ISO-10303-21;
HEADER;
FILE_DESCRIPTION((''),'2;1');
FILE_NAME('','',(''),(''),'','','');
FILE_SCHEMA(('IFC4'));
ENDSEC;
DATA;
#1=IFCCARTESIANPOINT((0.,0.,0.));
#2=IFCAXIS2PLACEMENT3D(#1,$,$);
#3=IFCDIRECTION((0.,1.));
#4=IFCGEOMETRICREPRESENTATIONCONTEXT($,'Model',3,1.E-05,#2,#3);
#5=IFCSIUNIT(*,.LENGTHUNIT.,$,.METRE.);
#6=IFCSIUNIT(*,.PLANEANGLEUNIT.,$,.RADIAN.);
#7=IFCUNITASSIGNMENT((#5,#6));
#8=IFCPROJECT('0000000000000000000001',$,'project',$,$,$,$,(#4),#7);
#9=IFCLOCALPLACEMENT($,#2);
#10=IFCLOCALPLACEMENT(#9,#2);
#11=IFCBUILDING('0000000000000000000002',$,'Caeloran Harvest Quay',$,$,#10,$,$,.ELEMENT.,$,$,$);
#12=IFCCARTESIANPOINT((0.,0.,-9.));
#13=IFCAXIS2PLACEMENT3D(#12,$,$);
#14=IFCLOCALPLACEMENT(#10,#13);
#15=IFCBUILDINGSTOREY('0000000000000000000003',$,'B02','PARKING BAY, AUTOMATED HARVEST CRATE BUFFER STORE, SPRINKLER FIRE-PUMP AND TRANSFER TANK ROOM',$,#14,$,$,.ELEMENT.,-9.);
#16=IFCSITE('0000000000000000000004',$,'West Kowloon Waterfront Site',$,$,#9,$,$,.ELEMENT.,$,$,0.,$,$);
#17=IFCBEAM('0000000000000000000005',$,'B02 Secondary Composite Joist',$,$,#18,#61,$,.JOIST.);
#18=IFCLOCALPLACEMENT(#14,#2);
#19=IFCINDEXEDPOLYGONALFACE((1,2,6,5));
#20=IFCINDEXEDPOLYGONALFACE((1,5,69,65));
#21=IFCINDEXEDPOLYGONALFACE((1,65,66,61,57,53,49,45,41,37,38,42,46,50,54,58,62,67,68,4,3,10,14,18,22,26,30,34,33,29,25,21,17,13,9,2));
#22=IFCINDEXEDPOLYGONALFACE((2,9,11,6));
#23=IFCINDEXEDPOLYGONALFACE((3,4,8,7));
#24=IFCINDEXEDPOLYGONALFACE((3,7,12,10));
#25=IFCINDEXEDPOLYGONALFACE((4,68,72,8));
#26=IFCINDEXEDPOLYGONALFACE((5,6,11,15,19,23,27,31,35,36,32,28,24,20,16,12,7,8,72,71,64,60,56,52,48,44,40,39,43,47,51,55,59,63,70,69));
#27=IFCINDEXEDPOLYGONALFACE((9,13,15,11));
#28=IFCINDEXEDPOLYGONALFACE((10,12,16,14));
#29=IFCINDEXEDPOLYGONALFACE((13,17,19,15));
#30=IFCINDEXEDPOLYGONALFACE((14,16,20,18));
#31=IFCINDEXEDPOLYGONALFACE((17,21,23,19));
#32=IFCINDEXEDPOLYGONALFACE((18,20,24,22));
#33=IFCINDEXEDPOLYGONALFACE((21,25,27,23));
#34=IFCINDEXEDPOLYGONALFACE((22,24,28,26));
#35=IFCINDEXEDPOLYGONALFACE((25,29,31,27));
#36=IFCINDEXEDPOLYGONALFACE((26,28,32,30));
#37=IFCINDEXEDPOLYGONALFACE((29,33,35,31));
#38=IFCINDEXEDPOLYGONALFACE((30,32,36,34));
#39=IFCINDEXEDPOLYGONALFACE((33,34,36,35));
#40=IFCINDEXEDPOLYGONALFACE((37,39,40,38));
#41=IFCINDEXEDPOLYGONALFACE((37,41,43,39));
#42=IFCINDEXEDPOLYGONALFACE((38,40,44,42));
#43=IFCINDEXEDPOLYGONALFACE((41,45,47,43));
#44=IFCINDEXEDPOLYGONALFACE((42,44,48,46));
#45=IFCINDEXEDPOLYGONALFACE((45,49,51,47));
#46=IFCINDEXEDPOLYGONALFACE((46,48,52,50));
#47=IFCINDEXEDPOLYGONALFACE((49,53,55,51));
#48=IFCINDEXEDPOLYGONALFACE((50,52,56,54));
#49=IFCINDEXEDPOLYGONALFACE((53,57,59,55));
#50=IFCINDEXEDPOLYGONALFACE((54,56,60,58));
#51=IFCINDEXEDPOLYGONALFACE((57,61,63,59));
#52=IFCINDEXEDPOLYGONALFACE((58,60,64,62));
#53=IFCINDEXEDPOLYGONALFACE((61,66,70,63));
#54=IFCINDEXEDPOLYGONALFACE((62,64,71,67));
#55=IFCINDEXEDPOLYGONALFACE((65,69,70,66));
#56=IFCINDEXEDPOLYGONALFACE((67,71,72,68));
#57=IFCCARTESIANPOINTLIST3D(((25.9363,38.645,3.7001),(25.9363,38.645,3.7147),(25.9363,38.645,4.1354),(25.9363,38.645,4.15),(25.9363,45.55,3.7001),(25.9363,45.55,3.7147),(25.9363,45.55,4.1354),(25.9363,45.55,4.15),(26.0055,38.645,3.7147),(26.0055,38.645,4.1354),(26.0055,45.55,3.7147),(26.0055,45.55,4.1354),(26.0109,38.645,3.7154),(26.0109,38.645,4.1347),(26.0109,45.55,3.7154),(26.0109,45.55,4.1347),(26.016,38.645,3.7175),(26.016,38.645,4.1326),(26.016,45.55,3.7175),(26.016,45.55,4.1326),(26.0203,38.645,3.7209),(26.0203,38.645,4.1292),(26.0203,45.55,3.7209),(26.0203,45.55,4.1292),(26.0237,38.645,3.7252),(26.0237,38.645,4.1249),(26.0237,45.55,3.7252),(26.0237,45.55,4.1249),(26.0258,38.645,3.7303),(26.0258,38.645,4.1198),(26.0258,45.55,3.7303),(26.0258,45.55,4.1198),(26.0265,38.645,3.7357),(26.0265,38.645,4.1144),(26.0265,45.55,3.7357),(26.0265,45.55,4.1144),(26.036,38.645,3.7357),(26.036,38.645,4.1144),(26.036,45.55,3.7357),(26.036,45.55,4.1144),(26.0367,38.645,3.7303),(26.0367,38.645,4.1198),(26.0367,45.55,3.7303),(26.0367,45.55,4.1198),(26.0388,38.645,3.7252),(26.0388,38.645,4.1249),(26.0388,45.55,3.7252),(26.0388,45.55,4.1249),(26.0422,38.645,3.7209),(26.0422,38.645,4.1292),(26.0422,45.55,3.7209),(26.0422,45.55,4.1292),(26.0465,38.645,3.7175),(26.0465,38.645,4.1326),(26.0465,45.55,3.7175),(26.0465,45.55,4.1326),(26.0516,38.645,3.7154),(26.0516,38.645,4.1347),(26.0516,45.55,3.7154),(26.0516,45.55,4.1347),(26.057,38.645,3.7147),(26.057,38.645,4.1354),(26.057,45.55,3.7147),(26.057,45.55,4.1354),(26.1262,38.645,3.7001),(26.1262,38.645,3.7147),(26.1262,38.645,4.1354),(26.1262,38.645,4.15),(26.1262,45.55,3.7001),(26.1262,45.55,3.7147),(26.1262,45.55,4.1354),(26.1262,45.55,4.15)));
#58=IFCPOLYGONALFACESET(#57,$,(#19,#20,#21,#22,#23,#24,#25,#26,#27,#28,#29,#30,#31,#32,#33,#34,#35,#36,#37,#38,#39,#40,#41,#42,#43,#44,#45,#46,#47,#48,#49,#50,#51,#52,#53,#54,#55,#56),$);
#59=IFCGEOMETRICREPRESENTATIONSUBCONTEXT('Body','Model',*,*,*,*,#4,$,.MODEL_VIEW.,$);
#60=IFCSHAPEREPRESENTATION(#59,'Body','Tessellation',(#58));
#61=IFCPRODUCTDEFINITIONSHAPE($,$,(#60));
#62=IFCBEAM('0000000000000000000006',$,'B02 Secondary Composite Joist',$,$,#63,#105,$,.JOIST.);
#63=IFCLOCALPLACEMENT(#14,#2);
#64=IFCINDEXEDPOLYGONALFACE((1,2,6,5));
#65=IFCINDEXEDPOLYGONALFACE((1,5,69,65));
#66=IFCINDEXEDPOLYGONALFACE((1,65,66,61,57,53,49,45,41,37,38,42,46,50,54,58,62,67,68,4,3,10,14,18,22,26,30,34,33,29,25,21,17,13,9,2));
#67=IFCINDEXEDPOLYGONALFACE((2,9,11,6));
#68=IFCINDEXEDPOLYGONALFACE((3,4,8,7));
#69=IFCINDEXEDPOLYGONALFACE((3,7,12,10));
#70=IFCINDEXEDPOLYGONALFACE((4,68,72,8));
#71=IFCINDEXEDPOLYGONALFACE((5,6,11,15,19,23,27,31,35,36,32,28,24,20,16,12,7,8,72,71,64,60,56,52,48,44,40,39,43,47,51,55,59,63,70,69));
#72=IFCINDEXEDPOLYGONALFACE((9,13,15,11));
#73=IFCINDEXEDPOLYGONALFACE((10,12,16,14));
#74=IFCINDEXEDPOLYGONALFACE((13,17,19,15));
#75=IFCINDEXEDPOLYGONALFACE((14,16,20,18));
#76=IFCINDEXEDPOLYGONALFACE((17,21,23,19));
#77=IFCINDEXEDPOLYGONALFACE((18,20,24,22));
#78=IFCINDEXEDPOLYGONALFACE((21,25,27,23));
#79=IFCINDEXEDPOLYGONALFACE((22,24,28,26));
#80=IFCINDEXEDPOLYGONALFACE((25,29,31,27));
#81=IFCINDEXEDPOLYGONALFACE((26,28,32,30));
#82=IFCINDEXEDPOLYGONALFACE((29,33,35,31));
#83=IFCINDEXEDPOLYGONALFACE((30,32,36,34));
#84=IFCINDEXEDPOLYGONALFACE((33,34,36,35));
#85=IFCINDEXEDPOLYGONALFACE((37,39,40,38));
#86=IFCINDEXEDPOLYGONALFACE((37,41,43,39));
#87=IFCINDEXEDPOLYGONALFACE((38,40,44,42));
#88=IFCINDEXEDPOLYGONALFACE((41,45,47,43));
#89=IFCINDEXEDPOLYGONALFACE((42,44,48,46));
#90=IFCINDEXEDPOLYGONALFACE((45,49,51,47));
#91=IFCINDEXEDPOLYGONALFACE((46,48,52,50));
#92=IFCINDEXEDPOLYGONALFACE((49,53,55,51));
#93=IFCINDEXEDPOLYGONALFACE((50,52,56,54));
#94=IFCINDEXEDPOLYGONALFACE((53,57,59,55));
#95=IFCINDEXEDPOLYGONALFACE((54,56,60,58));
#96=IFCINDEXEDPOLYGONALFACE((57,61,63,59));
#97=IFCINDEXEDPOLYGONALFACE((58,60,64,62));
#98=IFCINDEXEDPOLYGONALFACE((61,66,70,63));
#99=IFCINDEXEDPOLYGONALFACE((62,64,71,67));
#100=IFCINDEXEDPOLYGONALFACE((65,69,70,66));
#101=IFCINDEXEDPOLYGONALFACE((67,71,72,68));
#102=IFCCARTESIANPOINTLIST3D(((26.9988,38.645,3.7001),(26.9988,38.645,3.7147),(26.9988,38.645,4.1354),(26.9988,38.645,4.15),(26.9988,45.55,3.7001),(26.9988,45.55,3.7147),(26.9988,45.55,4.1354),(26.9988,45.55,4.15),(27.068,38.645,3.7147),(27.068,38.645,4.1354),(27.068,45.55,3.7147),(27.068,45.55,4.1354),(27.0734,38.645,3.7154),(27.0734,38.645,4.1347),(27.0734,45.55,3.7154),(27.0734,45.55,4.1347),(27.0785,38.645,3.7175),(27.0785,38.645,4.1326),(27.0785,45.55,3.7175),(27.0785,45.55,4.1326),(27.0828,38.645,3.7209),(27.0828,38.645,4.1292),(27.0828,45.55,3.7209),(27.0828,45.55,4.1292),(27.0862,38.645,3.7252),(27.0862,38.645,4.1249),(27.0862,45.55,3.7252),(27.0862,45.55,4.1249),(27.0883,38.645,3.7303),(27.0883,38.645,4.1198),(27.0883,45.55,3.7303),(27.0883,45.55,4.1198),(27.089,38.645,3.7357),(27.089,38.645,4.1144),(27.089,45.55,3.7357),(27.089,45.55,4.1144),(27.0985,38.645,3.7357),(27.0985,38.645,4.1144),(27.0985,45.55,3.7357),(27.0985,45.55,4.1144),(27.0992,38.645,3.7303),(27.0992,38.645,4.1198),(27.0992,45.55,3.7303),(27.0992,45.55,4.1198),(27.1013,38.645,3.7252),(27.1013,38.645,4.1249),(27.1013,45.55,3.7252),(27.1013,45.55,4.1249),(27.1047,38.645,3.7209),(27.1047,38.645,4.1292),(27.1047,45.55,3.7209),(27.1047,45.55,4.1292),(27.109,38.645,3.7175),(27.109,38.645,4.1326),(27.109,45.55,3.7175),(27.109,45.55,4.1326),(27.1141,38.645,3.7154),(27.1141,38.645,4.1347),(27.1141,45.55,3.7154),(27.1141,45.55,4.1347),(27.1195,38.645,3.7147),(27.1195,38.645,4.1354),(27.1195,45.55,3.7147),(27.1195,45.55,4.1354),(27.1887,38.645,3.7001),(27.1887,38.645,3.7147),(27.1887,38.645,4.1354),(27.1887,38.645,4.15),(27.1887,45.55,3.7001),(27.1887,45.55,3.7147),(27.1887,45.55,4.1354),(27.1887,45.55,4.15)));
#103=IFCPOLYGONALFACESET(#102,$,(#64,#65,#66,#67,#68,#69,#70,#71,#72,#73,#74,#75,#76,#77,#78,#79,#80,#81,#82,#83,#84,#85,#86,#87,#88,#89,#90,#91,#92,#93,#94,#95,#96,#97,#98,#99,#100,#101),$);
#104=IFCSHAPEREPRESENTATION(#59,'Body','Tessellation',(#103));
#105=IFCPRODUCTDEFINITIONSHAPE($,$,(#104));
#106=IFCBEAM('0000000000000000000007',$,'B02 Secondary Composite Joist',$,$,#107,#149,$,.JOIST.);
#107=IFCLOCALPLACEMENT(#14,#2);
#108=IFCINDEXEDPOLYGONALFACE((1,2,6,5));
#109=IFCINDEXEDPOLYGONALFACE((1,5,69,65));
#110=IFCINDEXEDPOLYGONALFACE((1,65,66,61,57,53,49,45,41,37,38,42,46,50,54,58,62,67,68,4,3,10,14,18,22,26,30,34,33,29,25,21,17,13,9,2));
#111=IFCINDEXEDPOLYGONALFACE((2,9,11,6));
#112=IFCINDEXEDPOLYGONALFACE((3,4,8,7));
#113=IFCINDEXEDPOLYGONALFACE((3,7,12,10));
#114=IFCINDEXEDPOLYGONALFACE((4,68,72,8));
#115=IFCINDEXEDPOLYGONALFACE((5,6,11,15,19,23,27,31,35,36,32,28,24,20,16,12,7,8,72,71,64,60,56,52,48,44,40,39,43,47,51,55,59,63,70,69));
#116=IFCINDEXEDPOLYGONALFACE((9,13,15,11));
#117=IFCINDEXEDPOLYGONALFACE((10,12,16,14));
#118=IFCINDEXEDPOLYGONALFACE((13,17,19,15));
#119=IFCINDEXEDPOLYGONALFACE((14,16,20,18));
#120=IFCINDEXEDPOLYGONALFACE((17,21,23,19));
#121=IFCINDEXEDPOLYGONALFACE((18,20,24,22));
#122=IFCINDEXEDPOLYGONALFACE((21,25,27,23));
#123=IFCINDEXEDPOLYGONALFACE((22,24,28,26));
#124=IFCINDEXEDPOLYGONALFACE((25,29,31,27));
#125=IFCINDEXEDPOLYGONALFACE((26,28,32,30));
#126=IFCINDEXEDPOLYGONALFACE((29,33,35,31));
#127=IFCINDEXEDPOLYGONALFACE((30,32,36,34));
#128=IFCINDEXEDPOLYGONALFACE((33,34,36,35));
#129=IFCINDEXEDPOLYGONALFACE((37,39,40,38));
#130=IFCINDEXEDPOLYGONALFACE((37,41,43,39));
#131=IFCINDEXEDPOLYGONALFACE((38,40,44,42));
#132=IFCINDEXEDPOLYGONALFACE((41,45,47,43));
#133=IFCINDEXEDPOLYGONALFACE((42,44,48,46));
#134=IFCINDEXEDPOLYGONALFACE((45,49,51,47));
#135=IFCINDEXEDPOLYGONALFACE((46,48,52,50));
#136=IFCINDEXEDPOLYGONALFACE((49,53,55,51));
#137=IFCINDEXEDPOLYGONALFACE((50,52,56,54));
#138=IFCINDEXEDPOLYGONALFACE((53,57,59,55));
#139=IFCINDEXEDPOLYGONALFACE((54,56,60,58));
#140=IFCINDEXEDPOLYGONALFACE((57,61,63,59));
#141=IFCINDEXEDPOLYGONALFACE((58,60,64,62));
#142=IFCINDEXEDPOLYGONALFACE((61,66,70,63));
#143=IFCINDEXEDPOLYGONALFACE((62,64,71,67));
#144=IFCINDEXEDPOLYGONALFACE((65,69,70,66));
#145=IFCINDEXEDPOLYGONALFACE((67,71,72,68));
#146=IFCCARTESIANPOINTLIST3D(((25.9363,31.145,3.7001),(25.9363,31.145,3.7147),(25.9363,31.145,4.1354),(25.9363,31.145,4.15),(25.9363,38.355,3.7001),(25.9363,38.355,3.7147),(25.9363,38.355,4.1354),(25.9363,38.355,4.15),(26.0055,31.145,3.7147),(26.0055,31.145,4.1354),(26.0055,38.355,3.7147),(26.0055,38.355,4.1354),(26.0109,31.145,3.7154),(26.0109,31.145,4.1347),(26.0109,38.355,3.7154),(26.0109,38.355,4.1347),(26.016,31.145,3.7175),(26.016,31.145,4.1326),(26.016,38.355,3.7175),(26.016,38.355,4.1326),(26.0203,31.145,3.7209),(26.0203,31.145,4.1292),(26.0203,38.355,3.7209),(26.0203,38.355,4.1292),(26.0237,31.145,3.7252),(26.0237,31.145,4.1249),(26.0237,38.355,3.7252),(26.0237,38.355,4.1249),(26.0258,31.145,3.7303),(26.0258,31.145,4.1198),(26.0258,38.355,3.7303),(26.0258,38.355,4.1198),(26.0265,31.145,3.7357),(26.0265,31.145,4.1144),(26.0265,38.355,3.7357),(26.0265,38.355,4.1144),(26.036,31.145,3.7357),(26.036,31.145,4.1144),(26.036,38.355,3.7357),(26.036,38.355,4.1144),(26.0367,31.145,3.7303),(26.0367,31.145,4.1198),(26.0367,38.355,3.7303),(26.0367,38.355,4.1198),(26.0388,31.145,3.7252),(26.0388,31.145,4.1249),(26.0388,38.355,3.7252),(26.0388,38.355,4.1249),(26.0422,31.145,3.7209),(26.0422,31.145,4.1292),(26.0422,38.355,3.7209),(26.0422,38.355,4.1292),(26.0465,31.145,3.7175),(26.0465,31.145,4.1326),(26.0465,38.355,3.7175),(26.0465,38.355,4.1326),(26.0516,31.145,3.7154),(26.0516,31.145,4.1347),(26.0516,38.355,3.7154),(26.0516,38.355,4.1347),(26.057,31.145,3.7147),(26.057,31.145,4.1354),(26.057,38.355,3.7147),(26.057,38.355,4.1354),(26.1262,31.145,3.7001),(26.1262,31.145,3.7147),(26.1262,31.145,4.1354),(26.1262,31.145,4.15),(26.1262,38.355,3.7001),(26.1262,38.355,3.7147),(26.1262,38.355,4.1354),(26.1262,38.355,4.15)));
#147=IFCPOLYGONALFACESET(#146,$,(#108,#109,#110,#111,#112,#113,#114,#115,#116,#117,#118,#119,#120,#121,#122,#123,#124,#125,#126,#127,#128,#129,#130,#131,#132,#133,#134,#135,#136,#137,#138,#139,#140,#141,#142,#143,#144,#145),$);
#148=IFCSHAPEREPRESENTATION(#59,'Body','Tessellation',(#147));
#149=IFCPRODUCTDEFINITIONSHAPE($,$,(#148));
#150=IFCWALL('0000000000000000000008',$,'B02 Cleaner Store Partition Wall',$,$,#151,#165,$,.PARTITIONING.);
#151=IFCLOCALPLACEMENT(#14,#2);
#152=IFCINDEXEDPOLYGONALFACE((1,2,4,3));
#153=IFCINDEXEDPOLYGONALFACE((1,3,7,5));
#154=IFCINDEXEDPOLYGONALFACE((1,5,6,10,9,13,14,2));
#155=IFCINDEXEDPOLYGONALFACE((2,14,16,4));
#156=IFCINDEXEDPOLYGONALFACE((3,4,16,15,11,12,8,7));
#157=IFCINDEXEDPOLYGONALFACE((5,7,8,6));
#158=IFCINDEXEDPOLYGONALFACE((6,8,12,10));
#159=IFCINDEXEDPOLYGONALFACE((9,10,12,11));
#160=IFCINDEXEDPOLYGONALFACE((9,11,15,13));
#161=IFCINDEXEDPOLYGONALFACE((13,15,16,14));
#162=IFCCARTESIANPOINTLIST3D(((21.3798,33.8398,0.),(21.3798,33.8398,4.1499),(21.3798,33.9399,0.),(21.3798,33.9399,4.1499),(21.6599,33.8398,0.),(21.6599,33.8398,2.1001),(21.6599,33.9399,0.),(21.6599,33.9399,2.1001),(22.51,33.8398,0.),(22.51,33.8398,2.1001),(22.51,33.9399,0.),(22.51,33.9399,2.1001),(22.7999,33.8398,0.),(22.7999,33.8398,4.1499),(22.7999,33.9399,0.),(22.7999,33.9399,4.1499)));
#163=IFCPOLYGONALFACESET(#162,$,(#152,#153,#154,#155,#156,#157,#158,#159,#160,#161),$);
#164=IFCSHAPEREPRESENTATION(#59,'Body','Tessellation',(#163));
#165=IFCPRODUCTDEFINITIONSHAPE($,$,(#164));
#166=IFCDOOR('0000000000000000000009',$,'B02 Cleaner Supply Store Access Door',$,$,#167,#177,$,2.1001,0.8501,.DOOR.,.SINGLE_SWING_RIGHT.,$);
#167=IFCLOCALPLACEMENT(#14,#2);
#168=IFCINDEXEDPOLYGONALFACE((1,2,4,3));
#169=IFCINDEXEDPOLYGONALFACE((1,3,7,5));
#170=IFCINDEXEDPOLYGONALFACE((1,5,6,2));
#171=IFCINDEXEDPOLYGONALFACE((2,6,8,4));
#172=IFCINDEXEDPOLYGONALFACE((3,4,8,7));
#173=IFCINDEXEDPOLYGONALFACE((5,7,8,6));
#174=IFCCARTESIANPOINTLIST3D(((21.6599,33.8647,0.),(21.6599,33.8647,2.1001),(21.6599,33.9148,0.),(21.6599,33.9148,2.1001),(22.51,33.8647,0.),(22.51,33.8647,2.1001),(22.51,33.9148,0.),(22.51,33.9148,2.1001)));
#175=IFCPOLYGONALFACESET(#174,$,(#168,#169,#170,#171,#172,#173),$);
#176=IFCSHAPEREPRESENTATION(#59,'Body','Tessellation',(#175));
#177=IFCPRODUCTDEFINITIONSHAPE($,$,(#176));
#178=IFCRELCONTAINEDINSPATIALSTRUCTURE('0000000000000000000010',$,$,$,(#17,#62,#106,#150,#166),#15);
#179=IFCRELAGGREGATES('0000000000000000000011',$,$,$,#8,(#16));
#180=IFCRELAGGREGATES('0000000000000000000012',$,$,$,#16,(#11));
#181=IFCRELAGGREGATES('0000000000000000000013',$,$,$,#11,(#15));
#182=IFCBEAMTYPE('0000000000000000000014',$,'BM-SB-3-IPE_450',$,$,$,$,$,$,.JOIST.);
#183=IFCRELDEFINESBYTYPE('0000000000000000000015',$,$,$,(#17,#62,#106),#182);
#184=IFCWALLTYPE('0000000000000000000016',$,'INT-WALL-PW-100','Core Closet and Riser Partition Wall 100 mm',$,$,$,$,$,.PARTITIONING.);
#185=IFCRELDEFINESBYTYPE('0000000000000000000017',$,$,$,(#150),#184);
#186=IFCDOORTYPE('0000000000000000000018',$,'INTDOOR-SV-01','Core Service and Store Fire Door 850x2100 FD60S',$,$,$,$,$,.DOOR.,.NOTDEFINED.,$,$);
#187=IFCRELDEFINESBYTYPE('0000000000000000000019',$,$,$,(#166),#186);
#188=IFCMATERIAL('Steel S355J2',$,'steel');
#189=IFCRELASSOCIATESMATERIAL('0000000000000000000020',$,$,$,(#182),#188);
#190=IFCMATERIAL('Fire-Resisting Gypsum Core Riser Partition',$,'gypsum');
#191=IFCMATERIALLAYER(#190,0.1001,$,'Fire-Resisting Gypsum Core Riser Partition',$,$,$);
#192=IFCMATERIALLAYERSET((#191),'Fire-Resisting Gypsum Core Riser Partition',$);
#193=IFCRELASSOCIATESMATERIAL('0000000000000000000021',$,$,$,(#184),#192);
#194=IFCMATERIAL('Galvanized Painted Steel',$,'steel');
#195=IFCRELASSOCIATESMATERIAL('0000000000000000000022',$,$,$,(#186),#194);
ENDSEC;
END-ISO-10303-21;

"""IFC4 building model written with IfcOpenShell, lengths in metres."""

from ifc_helpers import new_model, si_unit, direction, frame, frame_2d, origin, origin_2d, place, context, subcontext, project, spatial, rectangle, i_section, extrude, material, layer, layer_set, material_profile, profile_set, type_object, element, fill, save


model = new_model("IFC4")

# Units and contexts
model_context = context("Model", 3, precision=1e-05, world=origin(), true_north=direction((0.0, 1.0)))
body_context = subcontext(model_context, "Body", "Model", "MODEL_VIEW")
ifc_project = project(units=[si_unit("LENGTHUNIT", "METRE"), si_unit("PLANEANGLEUNIT", "RADIAN")], contexts=[model_context])

# Site, building, storey
site_placement = place(None, origin())
site = spatial("IfcSite", under=ifc_project, at=site_placement, Name="West Kowloon Waterfront Site", CompositionType="ELEMENT", RefElevation=0.0)
building_placement = place(site_placement, origin())
building = spatial("IfcBuilding", under=site, at=building_placement, Name="Caeloran Harvest Quay", CompositionType="ELEMENT")
storey_placement = place(building_placement, frame((0.0, 0.0, -9.0)))
storey = spatial("IfcBuildingStorey", under=building, at=storey_placement, Name="B02", Description="PARKING BAY, AUTOMATED HARVEST CRATE BUFFER STORE, SPRINKLER FIRE-PUMP AND TRANSFER TANK ROOM", CompositionType="ELEMENT", Elevation=-9.0)

# Beams
ifc_material_1 = material(Name="Steel S355J2", Category="steel")
ifc_material_profile_1 = material_profile(ifc_material_1, i_section(OverallWidth=0.1899, OverallDepth=0.45, WebThickness=0.0095, FlangeThickness=0.0146, FilletRadius=0.021, at=origin_2d()), Name="IPE 450")
ifc_profile_set_1 = profile_set([ifc_material_profile_1], Name="Steel S355J2")
beam_type_1 = type_object("IfcBeamType", Name="BM-SB-3-IPE_450", PredefinedType="JOIST", material=ifc_profile_set_1)
for number, where, z_axis, x_axis, name in (
    (1, (26.0312, 38.645, 3.925), (0.0, 1.0, 0.0), (-1.0, 0.0, 0.0), "B02 Secondary Composite Joist"),
    (2, (27.0938, 38.645, 3.925), (0.0, 1.0, 0.0), (-1.0, 0.0, 0.0), "B02 Secondary Composite Joist"),
):
    element("IfcBeam", number, at=place(storey_placement, frame(where, z_axis=z_axis, x_axis=x_axis)), inside=storey, type_object=beam_type_1, Name=name, PredefinedType="JOIST", context=body_context, shape_type="SweptSolid", body=[
        extrude(i_section(OverallWidth=0.1899, OverallDepth=0.45, WebThickness=0.0095, FlangeThickness=0.0146, FilletRadius=0.021, at=origin_2d()), origin(), (0.0, 0.0, 1.0), 6.905),
    ])
beam_1_placement = place(storey_placement, frame((26.0312, 31.145, 3.925), z_axis=(0.0, 1.0, 0.0), x_axis=(-1.0, 0.0, 0.0)))
element("IfcBeam", 3, at=beam_1_placement, inside=storey, type_object=beam_type_1, Name="B02 Secondary Composite Joist", PredefinedType="JOIST", context=body_context, shape_type="SweptSolid", body=[
    extrude(i_section(OverallWidth=0.1899, OverallDepth=0.45, WebThickness=0.0095, FlangeThickness=0.0146, FilletRadius=0.021, at=origin_2d()), origin(), (0.0, 0.0, 1.0), 7.21),
])

# Wall, opening, door
ifc_material_2 = material(Name="Fire-Resisting Gypsum Core Riser Partition", Category="gypsum")
ifc_layer_1 = layer(ifc_material_2, 0.1001, Name="Fire-Resisting Gypsum Core Riser Partition")
ifc_layer_set_1 = layer_set([ifc_layer_1], Name="Fire-Resisting Gypsum Core Riser Partition")
wall_type_1 = type_object("IfcWallType", Name="INT-WALL-PW-100", Description="Core Closet and Riser Partition Wall 100 mm", PredefinedType="PARTITIONING", material=ifc_layer_set_1)
wall_1_placement = place(storey_placement, frame((21.3799, 33.8899, 0.0), z_axis=(0.0, 0.0, 1.0), x_axis=(1.0, 0.0, 0.0)))
wall_1 = element("IfcWall", 4, at=wall_1_placement, inside=storey, type_object=wall_type_1, Name="B02 Cleaner Store Partition Wall", PredefinedType="PARTITIONING", context=body_context, shape_type="SweptSolid", body=[
    extrude(rectangle(XDim=1.4202, YDim=0.1001, at=frame_2d((0.71, 0.0))), origin(), (0.0, 0.0, 1.0), 4.1499),
])
opening_1_placement = place(wall_1_placement, frame((0.28, 0.0, 0.0)))
opening_1 = element("IfcOpeningElement", 5, at=opening_1_placement, cuts=wall_1, PredefinedType="OPENING", context=body_context, shape_type="SweptSolid", body=[
    extrude(rectangle(XDim=0.8501, YDim=2.1001, at=frame_2d((0.425, 1.05))), frame((0.0, 0.0601, 0.0), z_axis=(0.0, -1.0, 0.0), x_axis=(1.0, 0.0, 0.0)), (0.0, 0.0, 1.0), 0.1201),
])
ifc_material_3 = material(Name="Galvanized Painted Steel", Category="steel")
door_type_1 = type_object("IfcDoorType", Name="INTDOOR-SV-01", Description="Core Service and Store Fire Door 850x2100 FD60S", OperationType="NOTDEFINED", PredefinedType="DOOR", material=ifc_material_3)
door_1_placement = place(opening_1_placement, origin())
door_1 = element("IfcDoor", 6, at=door_1_placement, inside=storey, type_object=door_type_1, Name="B02 Cleaner Supply Store Access Door", OperationType="SINGLE_SWING_RIGHT", OverallHeight=2.1001, OverallWidth=0.8501, PredefinedType="DOOR", context=body_context, shape_type="SweptSolid", body=[
    extrude(rectangle(XDim=0.8501, YDim=2.1001, at=frame_2d((0.425, 1.05))), frame((0.0, 0.0249, 0.0), z_axis=(0.0, -1.0, 0.0), x_axis=(1.0, 0.0, 0.0)), (0.0, 0.0, 1.0), 0.05),
])
fill(opening_1, door_1)

save(model, "model.ifc")
